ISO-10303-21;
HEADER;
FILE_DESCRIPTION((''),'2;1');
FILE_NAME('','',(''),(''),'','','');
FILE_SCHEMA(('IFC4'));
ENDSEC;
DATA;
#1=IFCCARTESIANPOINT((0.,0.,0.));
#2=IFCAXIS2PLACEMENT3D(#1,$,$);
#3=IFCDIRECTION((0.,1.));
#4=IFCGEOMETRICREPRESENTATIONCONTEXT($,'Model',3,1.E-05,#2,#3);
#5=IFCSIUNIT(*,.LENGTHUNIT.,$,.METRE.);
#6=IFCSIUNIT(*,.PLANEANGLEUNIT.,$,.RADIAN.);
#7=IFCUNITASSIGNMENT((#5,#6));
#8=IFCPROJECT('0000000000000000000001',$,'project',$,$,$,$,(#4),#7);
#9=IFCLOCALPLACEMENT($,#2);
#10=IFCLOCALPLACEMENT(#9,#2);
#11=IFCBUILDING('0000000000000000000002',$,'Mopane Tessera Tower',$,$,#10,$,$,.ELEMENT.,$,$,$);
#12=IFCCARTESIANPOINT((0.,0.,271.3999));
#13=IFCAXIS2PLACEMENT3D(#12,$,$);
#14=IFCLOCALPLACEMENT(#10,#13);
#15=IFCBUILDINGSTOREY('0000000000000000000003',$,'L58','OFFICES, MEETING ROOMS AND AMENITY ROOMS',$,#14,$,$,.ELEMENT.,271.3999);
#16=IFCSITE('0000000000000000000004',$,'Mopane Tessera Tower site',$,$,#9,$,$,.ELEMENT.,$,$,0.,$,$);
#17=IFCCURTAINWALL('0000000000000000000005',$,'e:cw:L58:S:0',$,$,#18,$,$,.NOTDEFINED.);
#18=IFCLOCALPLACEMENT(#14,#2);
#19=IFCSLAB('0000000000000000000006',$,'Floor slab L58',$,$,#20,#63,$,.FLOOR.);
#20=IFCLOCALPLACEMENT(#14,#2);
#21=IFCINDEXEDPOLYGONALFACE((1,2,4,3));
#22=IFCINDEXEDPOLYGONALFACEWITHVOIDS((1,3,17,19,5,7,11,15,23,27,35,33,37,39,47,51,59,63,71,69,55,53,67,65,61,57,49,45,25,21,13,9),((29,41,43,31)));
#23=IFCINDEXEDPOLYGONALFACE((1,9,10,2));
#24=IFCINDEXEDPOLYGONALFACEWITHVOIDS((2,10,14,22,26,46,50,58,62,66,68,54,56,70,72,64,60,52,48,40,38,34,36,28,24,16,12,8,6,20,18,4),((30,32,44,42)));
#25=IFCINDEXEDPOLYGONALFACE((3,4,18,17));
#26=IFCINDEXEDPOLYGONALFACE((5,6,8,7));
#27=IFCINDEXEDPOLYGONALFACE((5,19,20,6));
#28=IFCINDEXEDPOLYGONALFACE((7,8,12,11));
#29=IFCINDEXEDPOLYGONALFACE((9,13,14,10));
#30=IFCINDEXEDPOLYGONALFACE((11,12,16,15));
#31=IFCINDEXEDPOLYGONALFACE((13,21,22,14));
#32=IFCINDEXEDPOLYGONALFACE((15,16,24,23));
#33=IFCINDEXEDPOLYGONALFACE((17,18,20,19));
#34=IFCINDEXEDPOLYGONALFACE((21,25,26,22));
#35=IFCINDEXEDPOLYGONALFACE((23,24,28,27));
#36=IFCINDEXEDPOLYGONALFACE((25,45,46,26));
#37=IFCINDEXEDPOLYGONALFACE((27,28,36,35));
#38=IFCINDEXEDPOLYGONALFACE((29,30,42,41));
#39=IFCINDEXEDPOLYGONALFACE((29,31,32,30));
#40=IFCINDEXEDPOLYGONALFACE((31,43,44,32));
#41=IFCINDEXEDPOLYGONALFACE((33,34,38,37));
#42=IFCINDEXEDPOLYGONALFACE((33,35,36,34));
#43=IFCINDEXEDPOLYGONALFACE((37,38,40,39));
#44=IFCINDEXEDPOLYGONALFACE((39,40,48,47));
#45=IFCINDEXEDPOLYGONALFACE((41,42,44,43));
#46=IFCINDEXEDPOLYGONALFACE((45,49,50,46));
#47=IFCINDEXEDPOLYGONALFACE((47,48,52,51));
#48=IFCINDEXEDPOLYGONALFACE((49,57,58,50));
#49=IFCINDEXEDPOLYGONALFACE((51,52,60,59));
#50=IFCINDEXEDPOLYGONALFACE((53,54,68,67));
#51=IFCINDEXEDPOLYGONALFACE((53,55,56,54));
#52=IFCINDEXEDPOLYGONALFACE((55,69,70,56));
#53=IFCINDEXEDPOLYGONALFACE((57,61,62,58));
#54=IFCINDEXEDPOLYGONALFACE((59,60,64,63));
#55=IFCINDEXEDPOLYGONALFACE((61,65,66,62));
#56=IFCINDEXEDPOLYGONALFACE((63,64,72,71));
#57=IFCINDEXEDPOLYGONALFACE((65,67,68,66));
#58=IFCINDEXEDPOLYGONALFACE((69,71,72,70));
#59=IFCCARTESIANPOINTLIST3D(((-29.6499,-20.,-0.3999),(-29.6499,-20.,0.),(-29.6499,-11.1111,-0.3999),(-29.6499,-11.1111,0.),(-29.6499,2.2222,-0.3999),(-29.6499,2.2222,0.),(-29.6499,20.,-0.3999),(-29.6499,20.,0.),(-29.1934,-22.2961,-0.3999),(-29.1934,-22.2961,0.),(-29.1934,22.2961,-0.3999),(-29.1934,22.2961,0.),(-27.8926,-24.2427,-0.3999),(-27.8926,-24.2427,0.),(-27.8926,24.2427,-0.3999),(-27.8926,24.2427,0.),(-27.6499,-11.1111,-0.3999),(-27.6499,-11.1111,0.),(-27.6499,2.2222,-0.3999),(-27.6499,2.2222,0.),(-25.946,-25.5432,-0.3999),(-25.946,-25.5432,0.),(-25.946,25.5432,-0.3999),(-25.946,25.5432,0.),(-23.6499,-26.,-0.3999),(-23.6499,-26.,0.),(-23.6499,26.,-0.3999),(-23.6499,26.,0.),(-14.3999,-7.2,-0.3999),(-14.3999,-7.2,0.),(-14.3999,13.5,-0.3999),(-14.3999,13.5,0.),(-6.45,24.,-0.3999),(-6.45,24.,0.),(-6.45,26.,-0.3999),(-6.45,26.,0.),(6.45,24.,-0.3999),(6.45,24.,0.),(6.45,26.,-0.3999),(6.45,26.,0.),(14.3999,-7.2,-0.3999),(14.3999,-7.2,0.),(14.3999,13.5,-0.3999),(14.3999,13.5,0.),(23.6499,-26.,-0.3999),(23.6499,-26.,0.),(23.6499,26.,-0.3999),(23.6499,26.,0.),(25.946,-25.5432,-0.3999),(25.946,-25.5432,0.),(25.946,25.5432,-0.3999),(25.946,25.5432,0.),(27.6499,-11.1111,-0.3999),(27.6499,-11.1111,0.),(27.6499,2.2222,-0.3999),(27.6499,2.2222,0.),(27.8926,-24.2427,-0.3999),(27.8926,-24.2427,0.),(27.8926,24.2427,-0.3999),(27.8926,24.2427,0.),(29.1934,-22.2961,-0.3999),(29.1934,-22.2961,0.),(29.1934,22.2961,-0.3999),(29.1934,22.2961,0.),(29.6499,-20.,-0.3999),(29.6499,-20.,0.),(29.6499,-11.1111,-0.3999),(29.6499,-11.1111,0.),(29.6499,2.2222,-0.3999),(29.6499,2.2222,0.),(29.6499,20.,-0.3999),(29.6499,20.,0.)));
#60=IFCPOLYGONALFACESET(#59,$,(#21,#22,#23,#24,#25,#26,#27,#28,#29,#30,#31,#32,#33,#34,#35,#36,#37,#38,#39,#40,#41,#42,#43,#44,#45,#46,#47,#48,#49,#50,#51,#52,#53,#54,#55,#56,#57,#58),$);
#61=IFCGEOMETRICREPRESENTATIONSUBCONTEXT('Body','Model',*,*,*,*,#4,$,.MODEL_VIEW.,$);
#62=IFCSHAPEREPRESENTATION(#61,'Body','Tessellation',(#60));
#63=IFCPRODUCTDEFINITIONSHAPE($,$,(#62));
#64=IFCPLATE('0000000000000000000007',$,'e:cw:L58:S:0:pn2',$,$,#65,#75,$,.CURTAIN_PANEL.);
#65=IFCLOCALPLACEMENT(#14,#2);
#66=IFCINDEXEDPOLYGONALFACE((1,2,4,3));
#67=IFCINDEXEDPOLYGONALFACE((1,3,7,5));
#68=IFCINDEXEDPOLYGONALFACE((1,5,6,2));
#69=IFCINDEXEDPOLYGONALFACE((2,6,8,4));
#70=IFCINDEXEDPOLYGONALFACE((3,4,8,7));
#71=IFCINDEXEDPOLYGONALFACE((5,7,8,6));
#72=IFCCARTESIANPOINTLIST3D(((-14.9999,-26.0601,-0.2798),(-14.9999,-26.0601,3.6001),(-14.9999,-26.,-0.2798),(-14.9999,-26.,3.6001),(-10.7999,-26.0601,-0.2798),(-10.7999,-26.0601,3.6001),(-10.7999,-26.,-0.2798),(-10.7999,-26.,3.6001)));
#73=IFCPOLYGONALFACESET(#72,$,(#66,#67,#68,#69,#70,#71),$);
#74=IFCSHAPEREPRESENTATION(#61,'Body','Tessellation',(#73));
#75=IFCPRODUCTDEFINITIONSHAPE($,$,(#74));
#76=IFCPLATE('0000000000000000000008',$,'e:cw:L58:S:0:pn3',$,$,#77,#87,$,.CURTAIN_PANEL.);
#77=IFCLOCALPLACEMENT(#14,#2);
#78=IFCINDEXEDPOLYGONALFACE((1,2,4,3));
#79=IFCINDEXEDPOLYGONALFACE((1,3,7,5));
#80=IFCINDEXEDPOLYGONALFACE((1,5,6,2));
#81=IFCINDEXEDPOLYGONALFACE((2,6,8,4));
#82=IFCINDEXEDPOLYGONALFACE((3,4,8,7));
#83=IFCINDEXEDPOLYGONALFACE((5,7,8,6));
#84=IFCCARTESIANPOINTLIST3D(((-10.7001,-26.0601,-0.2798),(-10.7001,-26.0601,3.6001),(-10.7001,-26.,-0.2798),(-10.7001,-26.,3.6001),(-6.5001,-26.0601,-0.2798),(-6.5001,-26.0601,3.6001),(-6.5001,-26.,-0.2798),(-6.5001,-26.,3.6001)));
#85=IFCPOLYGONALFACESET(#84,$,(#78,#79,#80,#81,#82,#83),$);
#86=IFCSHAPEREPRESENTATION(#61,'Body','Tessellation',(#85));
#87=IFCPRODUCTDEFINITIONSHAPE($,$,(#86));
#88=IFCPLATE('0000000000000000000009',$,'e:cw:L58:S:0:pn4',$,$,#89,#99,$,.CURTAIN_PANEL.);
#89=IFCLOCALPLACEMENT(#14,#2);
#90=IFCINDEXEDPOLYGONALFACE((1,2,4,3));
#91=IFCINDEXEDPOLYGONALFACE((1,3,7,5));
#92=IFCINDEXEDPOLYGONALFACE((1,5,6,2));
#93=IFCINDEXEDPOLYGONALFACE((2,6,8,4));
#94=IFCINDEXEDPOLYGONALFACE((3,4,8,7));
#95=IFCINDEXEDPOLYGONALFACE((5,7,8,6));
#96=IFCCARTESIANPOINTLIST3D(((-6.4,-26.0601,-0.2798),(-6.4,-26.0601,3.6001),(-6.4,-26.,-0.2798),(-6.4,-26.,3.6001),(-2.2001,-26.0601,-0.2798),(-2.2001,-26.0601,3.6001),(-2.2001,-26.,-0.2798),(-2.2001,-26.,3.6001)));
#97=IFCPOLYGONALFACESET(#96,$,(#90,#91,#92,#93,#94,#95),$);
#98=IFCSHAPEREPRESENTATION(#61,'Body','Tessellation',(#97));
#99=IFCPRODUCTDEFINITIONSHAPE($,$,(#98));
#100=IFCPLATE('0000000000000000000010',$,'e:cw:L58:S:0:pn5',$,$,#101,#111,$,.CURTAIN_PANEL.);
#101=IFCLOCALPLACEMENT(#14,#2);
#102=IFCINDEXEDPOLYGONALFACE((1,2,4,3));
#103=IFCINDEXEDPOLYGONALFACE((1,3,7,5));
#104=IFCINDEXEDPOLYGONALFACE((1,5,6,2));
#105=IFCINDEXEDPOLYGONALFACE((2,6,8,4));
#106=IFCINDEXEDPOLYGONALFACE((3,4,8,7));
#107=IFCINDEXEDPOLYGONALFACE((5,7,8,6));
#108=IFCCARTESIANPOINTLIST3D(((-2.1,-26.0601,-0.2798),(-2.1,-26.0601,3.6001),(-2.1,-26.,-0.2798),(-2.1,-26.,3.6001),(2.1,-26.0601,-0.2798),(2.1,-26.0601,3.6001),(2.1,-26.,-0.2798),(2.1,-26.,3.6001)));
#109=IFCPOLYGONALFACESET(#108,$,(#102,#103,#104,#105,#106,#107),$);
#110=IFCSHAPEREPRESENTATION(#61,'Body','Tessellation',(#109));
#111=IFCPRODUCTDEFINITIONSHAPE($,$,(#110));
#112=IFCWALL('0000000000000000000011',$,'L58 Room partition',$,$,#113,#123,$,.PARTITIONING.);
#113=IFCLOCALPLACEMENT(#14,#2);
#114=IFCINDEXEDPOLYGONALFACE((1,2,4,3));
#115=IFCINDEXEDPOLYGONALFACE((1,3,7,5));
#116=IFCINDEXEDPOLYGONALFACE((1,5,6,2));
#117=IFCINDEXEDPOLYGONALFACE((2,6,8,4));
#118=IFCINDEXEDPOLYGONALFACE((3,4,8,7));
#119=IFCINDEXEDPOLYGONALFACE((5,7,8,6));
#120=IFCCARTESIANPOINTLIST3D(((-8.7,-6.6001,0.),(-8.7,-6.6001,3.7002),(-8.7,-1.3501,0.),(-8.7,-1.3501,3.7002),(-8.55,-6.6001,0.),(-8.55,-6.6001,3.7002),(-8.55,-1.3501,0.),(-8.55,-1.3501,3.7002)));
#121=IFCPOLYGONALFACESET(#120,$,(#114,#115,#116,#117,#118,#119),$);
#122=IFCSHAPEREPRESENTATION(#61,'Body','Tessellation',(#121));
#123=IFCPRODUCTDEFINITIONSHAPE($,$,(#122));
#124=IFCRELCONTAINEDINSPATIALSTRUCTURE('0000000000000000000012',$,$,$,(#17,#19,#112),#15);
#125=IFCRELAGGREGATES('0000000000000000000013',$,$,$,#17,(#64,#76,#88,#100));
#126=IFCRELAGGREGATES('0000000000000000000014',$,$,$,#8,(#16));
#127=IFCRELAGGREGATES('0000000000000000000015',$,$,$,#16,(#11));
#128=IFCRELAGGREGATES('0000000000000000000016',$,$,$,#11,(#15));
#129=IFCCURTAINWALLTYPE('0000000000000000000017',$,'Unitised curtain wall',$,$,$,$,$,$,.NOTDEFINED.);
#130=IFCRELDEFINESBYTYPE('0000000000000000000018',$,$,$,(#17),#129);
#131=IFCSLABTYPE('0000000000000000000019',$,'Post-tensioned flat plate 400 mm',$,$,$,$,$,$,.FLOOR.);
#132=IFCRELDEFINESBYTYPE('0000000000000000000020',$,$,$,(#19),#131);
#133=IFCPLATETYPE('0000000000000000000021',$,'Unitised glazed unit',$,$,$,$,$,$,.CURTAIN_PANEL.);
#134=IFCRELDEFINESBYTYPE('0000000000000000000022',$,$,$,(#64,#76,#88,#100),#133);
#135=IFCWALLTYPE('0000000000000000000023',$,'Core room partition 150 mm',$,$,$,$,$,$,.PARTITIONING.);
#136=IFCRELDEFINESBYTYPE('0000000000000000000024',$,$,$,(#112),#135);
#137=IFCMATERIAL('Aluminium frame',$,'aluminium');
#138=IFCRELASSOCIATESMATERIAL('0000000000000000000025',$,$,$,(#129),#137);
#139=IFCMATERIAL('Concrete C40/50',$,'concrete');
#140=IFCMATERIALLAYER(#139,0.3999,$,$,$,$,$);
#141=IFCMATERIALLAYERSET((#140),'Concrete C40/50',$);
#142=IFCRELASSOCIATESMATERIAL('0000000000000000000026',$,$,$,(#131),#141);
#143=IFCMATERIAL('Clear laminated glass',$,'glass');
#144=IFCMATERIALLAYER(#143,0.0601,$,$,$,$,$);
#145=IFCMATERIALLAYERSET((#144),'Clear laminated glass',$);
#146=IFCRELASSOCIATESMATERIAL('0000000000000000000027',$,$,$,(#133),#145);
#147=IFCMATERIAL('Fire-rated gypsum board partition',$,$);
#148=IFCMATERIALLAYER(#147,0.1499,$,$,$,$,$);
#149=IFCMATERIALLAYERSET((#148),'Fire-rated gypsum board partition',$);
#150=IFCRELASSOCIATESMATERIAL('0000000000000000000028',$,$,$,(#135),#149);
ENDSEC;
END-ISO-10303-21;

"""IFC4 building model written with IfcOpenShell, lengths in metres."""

from ifc_helpers import new_model, si_unit, direction, frame, frame_2d, origin, origin_2d, place, context, subcontext, project, spatial, polyline, rectangle, outline, extrude, material, layer, layer_set, type_object, element, aggregate, save


model = new_model("IFC4")

# Units and contexts
model_context = context("Model", 3, precision=1e-05, world=origin(), true_north=direction((0.0, 1.0)))
body_context = subcontext(model_context, "Body", "Model", "MODEL_VIEW")
ifc_project = project(units=[si_unit("LENGTHUNIT", "METRE"), si_unit("PLANEANGLEUNIT", "RADIAN")], contexts=[model_context])

# Site, building, storey
site_placement = place(None, origin())
site = spatial("IfcSite", under=ifc_project, at=site_placement, Name="Mopane Tessera Tower site", CompositionType="ELEMENT", RefElevation=0.0)
building_placement = place(site_placement, origin())
building = spatial("IfcBuilding", under=site, at=building_placement, Name="Mopane Tessera Tower", CompositionType="ELEMENT")
storey_placement = place(building_placement, frame((0.0, 0.0, 271.3999)))
storey = spatial("IfcBuildingStorey", under=building, at=storey_placement, Name="L58", Description="OFFICES, MEETING ROOMS AND AMENITY ROOMS", CompositionType="ELEMENT", Elevation=271.3999)

# Curtain wall
ifc_material_1 = material(Name="Aluminium frame", Category="aluminium")
curtain_wall_type = type_object("IfcCurtainWallType", Name="Unitised curtain wall", PredefinedType="NOTDEFINED", material=ifc_material_1)
curtain_wall_placement = place(storey_placement, origin())
curtain_wall = element("IfcCurtainWall", 1, at=curtain_wall_placement, inside=storey, type_object=curtain_wall_type, Name="e:cw:L58:S:0", PredefinedType="NOTDEFINED")

# Slab
ifc_material_2 = material(Name="Concrete C40/50", Category="concrete")
ifc_layer_1 = layer(ifc_material_2, 0.3999)
ifc_layer_set_1 = layer_set([ifc_layer_1], Name="Concrete C40/50")
slab_type_1 = type_object("IfcSlabType", Name="Post-tensioned flat plate 400 mm", PredefinedType="FLOOR", material=ifc_layer_set_1)
slab_1_placement = place(storey_placement, frame((0.0, 0.0, -0.3999)))
element("IfcSlab", 2, at=slab_1_placement, inside=storey, type_object=slab_type_1, Name="Floor slab L58", PredefinedType="FLOOR", context=body_context, shape_type="SweptSolid", body=[
    extrude(outline(polyline([(29.6499, -20.0), (29.6499, -11.1111), (27.6499, -11.1111), (27.6499, 2.2222), (29.6499, 2.2222), (29.6499, 20.0), (29.1934, 22.2961), (27.8926, 24.2427), (25.946, 25.5432), (23.6499, 26.0), (6.45, 26.0), (6.45, 24.0), (-6.45, 24.0), (-6.45, 26.0), (-23.6499, 26.0), (-25.946, 25.5432), (-27.8926, 24.2427), (-29.1934, 22.2961), (-29.6499, 20.0), (-29.6499, 2.2222), (-27.6499, 2.2222), (-27.6499, -11.1111), (-29.6499, -11.1111), (-29.6499, -20.0), (-29.1934, -22.2961), (-27.8926, -24.2427), (-25.946, -25.5432), (-23.6499, -26.0), (23.6499, -26.0), (25.946, -25.5432), (27.8926, -24.2427), (29.1934, -22.2961), (29.6499, -20.0)]), holes=[polyline([(14.3999, -7.2), (-14.3999, -7.2), (-14.3999, 13.5), (14.3999, 13.5), (14.3999, -7.2)])]), origin(), (0.0, 0.0, 1.0), 0.3999),
])

# Plates
ifc_material_3 = material(Name="Clear laminated glass", Category="glass")
ifc_layer_2 = layer(ifc_material_3, 0.0601)
ifc_layer_set_2 = layer_set([ifc_layer_2], Name="Clear laminated glass")
plate_type = type_object("IfcPlateType", Name="Unitised glazed unit", PredefinedType="CURTAIN_PANEL", material=ifc_layer_set_2)
plate_1_placement = place(storey_placement, frame((-12.8999, -26.03, -0.2798), z_axis=(0.0, 0.0, 1.0), x_axis=(1.0, 0.0, 0.0)))
plate_1 = element("IfcPlate", 3, at=plate_1_placement, type_object=plate_type, Name="e:cw:L58:S:0:pn2", PredefinedType="CURTAIN_PANEL", context=body_context, shape_type="SweptSolid", body=[
    extrude(rectangle(XDim=4.2, YDim=0.0601, at=origin_2d()), origin(), (0.0, 0.0, 1.0), 3.8799),
])
plate_2_placement = place(storey_placement, frame((-8.6001, -26.03, -0.2798), z_axis=(0.0, 0.0, 1.0), x_axis=(1.0, 0.0, 0.0)))
plate_2 = element("IfcPlate", 4, at=plate_2_placement, type_object=plate_type, Name="e:cw:L58:S:0:pn3", PredefinedType="CURTAIN_PANEL", context=body_context, shape_type="SweptSolid", body=[
    extrude(rectangle(XDim=4.2, YDim=0.0601, at=origin_2d()), origin(), (0.0, 0.0, 1.0), 3.8799),
])
plate_3_placement = place(storey_placement, frame((-4.3, -26.03, -0.2798), z_axis=(0.0, 0.0, 1.0), x_axis=(1.0, 0.0, 0.0)))
plate_3 = element("IfcPlate", 5, at=plate_3_placement, type_object=plate_type, Name="e:cw:L58:S:0:pn4", PredefinedType="CURTAIN_PANEL", context=body_context, shape_type="SweptSolid", body=[
    extrude(rectangle(XDim=4.2, YDim=0.0601, at=origin_2d()), origin(), (0.0, 0.0, 1.0), 3.8799),
])
plate_4_placement = place(storey_placement, frame((0.0, -26.03, -0.2798), z_axis=(0.0, 0.0, 1.0), x_axis=(1.0, 0.0, 0.0)))
plate_4 = element("IfcPlate", 6, at=plate_4_placement, type_object=plate_type, Name="e:cw:L58:S:0:pn5", PredefinedType="CURTAIN_PANEL", context=body_context, shape_type="SweptSolid", body=[
    extrude(rectangle(XDim=4.2, YDim=0.0601, at=origin_2d()), origin(), (0.0, 0.0, 1.0), 3.8799),
])
aggregate(curtain_wall, [plate_1, plate_2, plate_3, plate_4])

# Wall
ifc_material_4 = material(Name="Fire-rated gypsum board partition")
ifc_layer_3 = layer(ifc_material_4, 0.1499)
ifc_layer_set_3 = layer_set([ifc_layer_3], Name="Fire-rated gypsum board partition")
wall_type_1 = type_object("IfcWallType", Name="Core room partition 150 mm", PredefinedType="PARTITIONING", material=ifc_layer_set_3)
wall_1_placement = place(storey_placement, frame((-8.625, -6.6001, 0.0), z_axis=(0.0, 0.0, 1.0), x_axis=(0.0, 1.0, 0.0)))
element("IfcWall", 7, at=wall_1_placement, inside=storey, type_object=wall_type_1, Name="L58 Room partition", PredefinedType="PARTITIONING", context=body_context, shape_type="SweptSolid", body=[
    extrude(rectangle(XDim=5.25, YDim=0.1499, at=frame_2d((2.625, 0.0))), origin(), (0.0, 0.0, 1.0), 3.7002),
])

save(model, "model.ifc")
